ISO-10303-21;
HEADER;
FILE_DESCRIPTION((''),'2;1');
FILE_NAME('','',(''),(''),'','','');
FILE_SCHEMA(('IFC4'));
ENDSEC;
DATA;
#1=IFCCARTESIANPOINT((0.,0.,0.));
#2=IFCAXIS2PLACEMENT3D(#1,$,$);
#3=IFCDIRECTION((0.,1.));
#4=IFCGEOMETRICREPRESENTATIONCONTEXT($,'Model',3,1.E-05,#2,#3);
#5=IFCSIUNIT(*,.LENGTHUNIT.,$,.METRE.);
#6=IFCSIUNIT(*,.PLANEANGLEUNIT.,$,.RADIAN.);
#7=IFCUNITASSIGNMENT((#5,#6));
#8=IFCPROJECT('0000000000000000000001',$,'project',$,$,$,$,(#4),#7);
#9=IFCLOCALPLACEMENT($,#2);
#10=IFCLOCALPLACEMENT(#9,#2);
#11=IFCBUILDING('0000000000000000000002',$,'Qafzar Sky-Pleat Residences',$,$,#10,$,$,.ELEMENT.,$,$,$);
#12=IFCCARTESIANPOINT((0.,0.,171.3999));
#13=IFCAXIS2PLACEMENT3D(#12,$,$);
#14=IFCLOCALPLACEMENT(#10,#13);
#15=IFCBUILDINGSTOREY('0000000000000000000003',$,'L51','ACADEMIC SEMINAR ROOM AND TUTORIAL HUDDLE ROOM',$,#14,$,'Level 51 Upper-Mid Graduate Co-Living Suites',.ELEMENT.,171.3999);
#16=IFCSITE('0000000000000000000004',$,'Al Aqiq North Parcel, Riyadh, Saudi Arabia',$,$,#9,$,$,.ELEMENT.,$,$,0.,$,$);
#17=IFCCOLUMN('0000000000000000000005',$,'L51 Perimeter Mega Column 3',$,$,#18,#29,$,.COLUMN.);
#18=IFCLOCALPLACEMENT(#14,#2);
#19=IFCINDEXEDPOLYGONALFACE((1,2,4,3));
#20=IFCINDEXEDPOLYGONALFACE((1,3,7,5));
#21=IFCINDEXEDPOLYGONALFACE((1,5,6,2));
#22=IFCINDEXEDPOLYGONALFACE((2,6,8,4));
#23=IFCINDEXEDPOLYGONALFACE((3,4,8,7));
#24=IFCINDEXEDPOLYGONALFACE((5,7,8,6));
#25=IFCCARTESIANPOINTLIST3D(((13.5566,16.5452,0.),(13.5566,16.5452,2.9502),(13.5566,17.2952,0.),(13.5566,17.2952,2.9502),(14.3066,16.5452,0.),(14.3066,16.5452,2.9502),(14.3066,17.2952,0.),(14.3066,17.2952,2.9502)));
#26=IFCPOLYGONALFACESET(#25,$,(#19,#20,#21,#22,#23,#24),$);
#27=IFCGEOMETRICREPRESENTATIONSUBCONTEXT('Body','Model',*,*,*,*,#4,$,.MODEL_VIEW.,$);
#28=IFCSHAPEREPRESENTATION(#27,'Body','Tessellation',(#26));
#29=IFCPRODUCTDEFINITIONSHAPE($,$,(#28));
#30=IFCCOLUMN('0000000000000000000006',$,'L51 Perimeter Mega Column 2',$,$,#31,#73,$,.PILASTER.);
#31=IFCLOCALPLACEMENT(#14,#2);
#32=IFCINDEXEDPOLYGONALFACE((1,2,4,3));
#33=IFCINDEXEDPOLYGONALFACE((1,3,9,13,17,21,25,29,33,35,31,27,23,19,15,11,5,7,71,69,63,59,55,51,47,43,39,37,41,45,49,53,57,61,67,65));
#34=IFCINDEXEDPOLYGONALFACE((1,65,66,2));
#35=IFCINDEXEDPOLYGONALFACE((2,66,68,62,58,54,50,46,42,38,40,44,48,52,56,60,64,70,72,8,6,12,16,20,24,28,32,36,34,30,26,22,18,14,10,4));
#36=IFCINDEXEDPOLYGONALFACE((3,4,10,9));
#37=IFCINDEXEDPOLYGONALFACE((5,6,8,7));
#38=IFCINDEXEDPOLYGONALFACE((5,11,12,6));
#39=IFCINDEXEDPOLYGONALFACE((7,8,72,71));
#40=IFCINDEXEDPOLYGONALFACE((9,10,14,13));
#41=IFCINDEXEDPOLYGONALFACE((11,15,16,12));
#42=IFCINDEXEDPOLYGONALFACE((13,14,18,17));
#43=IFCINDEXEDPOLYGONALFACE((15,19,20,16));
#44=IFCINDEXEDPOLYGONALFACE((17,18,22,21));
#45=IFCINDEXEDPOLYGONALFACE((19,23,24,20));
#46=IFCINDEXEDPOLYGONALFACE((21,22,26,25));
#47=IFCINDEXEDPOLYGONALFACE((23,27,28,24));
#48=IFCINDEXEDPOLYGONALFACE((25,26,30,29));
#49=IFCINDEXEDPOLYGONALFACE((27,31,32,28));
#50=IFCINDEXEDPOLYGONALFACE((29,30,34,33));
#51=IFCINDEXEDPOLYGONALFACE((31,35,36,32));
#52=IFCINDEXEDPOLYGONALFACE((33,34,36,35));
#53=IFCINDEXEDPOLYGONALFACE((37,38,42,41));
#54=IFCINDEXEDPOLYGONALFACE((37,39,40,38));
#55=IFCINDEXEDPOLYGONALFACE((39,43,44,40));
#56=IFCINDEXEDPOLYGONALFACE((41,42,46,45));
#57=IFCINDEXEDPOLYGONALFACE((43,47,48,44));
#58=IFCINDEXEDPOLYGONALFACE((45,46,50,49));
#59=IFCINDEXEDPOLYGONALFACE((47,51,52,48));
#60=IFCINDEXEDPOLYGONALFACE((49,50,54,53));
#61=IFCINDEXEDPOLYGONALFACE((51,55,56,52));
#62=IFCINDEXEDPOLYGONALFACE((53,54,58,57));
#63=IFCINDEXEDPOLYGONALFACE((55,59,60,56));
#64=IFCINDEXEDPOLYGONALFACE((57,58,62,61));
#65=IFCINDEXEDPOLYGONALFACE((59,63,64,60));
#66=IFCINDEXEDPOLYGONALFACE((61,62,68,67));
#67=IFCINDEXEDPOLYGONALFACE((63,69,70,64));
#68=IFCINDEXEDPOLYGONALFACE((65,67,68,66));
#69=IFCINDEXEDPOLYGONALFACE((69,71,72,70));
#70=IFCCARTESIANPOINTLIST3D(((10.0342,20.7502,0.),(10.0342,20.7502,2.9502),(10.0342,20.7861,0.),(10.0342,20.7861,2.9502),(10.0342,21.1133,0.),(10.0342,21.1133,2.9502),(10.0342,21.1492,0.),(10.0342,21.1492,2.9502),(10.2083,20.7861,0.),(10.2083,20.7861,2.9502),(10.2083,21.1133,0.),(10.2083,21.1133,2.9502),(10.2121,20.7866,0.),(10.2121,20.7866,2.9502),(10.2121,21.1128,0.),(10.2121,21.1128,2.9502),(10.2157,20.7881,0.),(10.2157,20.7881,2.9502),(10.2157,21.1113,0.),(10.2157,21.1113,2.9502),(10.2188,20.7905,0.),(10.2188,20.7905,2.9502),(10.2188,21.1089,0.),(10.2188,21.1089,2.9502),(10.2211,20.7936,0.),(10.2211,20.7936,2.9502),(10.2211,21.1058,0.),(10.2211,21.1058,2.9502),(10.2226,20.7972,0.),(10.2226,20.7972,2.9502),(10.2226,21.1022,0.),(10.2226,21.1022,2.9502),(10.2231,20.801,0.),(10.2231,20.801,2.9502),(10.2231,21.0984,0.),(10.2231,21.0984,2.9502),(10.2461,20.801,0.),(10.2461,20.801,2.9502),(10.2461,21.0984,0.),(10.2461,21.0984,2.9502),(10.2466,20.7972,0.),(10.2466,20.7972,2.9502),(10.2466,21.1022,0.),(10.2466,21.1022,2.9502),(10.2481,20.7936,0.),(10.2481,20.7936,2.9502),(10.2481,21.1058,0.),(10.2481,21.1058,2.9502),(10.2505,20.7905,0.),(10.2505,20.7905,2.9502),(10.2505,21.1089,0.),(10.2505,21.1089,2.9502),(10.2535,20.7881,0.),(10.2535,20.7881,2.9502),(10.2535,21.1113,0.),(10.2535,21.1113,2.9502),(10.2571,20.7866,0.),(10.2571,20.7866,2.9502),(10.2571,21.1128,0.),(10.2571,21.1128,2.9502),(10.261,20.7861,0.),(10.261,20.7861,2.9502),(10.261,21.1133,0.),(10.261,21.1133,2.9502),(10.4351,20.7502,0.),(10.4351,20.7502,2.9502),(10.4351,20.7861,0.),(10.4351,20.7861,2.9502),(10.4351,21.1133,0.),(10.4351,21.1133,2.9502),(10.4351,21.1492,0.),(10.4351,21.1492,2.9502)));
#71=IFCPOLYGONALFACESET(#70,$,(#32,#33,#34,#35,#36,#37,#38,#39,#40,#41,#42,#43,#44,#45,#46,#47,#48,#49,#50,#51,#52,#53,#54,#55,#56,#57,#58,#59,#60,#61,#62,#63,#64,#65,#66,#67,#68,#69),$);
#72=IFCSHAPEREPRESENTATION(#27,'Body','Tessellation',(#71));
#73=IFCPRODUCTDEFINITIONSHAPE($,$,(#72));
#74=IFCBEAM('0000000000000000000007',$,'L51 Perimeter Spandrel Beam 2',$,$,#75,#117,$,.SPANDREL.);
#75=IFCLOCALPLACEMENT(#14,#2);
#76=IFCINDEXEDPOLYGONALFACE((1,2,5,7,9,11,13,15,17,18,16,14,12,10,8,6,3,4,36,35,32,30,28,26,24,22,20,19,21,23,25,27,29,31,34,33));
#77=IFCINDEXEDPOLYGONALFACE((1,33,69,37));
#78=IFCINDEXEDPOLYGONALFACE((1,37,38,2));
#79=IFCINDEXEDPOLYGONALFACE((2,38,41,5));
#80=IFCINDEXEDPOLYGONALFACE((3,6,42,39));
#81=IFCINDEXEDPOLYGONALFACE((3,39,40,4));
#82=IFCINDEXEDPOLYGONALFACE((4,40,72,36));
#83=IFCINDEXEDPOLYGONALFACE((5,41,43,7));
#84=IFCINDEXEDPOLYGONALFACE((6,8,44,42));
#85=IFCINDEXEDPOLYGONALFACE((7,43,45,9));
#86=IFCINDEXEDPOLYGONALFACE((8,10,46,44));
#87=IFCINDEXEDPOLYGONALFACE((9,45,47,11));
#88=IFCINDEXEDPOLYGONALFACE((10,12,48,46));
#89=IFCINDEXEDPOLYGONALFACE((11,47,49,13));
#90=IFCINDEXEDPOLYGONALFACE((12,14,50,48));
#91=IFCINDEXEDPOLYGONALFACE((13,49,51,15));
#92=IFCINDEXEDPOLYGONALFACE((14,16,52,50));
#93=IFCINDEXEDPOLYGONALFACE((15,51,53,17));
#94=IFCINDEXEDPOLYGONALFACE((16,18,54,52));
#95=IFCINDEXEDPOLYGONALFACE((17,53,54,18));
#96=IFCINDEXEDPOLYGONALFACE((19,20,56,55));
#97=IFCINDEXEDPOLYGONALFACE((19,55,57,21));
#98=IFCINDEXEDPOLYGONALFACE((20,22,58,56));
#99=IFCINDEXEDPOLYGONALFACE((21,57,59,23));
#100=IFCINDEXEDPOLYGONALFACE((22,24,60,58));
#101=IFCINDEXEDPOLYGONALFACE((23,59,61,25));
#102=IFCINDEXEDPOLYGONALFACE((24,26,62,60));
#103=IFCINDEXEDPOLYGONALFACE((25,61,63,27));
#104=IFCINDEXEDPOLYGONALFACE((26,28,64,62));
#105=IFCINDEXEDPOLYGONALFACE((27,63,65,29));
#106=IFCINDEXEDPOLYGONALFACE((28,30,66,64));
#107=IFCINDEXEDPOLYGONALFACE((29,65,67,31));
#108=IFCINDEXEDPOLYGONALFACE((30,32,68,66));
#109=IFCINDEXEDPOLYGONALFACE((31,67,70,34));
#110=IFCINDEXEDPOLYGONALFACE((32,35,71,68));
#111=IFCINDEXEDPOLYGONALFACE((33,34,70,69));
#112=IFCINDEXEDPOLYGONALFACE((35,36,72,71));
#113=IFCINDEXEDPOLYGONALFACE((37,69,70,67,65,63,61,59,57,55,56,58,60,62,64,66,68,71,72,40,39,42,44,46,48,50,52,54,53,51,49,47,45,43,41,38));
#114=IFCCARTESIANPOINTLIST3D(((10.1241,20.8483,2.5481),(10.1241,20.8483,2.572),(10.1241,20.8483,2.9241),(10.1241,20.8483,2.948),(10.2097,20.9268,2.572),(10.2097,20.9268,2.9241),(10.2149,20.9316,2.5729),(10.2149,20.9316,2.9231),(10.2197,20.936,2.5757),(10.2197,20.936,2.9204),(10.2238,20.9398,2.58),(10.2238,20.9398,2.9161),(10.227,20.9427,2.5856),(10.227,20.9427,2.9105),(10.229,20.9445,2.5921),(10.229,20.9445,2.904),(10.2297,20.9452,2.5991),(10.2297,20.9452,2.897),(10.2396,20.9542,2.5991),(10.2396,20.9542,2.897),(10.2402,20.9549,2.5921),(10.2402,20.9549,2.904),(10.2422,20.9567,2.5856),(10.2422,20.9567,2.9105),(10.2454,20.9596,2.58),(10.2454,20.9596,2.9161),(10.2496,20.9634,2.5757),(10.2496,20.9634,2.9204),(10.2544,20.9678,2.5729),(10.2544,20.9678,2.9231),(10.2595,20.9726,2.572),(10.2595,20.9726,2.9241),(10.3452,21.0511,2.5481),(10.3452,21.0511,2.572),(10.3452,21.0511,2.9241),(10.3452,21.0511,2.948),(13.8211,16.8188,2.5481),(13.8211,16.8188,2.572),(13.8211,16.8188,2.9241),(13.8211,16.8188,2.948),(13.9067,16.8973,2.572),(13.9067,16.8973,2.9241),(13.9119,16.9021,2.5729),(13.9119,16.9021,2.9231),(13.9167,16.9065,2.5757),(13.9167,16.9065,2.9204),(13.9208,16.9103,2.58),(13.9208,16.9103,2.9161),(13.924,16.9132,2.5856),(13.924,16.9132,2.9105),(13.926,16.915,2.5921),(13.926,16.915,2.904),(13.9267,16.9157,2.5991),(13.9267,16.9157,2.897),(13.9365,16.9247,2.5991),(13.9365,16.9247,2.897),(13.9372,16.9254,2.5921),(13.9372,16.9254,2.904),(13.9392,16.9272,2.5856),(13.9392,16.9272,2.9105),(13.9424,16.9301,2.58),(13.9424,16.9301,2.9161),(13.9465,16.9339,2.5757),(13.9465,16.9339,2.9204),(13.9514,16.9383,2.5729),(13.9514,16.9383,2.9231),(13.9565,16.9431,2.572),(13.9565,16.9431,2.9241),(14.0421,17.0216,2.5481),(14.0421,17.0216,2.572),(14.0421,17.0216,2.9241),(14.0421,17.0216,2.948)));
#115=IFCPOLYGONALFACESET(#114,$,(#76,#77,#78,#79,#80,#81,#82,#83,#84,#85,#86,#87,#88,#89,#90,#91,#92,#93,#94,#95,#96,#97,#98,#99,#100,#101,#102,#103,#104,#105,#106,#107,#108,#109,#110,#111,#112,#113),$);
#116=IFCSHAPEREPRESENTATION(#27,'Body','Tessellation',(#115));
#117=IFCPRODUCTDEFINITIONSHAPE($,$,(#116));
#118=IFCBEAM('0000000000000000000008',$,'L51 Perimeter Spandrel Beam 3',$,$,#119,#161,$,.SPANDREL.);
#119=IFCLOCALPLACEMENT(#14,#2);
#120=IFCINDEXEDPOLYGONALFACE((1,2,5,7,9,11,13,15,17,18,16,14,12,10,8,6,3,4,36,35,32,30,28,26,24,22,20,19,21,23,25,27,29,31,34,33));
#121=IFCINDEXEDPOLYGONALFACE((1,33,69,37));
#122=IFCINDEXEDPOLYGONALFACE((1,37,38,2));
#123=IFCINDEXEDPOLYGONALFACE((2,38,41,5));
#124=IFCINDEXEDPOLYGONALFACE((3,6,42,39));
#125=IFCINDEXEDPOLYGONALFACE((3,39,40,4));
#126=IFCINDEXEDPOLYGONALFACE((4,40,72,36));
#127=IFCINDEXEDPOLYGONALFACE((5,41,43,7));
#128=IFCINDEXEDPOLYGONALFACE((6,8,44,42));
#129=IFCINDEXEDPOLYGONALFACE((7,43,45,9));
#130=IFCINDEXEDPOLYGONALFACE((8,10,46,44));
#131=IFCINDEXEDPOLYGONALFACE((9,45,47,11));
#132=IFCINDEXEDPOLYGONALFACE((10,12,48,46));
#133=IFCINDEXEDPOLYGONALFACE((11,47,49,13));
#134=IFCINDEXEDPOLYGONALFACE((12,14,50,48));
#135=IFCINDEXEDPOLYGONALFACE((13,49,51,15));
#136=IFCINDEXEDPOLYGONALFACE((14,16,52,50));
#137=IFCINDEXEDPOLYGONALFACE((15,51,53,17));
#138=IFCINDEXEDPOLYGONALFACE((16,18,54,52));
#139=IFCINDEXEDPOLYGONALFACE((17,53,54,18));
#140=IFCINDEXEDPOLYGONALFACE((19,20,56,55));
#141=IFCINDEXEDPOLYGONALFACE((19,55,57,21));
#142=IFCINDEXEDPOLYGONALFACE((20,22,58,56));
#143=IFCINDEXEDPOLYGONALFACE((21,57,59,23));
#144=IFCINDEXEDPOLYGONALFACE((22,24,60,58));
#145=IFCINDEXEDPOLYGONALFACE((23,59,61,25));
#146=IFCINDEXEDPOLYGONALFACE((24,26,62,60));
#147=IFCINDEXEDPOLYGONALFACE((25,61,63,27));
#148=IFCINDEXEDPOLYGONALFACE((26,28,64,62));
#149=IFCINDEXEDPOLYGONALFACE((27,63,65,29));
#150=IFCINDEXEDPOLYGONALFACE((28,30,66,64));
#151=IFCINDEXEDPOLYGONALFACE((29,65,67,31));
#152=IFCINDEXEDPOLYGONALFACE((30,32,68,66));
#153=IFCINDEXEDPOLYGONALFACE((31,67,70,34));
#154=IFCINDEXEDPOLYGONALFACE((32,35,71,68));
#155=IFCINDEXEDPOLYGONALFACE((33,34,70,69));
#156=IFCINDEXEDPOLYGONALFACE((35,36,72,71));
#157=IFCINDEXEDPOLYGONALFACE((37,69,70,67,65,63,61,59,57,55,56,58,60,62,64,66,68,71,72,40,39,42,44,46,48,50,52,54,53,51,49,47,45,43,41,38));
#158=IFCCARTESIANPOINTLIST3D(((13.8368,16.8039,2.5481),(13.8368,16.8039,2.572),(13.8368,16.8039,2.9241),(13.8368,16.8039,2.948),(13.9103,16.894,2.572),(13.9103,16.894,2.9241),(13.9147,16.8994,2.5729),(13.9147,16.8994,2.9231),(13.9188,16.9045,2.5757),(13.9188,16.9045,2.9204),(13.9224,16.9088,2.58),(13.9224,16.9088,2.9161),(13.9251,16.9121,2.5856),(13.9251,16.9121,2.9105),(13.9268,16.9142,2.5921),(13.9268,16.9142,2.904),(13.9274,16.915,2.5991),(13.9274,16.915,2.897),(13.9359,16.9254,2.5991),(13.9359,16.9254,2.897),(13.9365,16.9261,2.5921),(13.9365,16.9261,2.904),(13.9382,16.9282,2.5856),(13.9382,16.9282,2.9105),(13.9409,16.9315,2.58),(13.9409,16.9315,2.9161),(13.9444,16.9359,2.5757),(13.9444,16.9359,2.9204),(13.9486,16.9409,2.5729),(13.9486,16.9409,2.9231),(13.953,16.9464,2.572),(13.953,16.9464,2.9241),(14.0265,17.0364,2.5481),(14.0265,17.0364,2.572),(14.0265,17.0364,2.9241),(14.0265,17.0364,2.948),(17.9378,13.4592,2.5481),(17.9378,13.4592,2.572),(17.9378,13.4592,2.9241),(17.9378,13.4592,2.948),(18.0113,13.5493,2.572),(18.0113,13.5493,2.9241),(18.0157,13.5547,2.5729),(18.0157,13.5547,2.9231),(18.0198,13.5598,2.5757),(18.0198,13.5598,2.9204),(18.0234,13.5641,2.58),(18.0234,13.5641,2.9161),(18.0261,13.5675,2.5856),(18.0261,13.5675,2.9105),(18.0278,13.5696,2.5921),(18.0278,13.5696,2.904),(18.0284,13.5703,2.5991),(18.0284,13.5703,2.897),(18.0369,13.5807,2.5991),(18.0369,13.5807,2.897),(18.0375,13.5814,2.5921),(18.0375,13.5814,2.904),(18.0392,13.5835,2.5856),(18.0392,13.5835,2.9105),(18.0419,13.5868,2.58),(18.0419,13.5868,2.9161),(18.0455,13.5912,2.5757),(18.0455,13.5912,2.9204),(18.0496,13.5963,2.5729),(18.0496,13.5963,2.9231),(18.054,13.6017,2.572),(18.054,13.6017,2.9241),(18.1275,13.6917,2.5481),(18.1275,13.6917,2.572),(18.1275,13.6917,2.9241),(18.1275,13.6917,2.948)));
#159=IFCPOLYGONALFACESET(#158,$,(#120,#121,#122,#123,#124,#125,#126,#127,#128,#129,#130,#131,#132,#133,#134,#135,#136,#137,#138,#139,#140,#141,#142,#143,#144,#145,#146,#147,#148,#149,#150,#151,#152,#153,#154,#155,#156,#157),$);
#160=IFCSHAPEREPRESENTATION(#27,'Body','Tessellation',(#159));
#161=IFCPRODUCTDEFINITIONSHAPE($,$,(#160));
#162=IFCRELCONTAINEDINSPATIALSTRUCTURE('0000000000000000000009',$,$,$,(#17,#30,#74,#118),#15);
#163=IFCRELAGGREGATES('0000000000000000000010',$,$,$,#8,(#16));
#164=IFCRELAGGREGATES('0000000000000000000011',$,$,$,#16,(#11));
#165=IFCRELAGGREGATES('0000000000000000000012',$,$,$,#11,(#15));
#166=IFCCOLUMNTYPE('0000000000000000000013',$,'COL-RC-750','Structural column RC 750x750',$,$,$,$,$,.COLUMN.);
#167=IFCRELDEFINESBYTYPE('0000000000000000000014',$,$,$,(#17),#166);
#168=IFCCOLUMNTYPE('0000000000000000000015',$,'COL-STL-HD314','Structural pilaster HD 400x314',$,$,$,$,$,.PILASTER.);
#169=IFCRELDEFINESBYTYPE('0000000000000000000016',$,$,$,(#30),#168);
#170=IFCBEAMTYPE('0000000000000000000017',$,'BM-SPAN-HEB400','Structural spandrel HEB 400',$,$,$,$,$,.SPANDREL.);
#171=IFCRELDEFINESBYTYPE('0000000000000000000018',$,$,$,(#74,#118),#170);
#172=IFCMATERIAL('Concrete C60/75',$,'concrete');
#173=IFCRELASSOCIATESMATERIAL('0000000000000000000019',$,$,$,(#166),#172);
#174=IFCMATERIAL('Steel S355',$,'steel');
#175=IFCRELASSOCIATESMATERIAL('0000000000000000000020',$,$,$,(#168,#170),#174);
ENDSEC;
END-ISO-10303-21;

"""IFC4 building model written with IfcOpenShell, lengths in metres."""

from ifc_helpers import new_model, si_unit, direction, frame, origin, origin_2d, place, context, subcontext, project, spatial, rectangle, i_section, extrude, source, transform, mapped, material, material_profile, profile_set, type_object, element, save


model = new_model("IFC4")

# Units and contexts
model_context = context("Model", 3, precision=1e-05, world=origin(), true_north=direction((0.0, 1.0)))
body_context = subcontext(model_context, "Body", "Model", "MODEL_VIEW")
ifc_project = project(units=[si_unit("LENGTHUNIT", "METRE"), si_unit("PLANEANGLEUNIT", "RADIAN")], contexts=[model_context])

# Site, building, storey
site_placement = place(None, origin())
site = spatial("IfcSite", under=ifc_project, at=site_placement, Name="Al Aqiq North Parcel, Riyadh, Saudi Arabia", CompositionType="ELEMENT", RefElevation=0.0)
building_placement = place(site_placement, origin())
building = spatial("IfcBuilding", under=site, at=building_placement, Name="Qafzar Sky-Pleat Residences", CompositionType="ELEMENT")
storey_placement = place(building_placement, frame((0.0, 0.0, 171.3999)))
storey = spatial("IfcBuildingStorey", under=building, at=storey_placement, Name="L51", Description="ACADEMIC SEMINAR ROOM AND TUTORIAL HUDDLE ROOM", LongName="Level 51 Upper-Mid Graduate Co-Living Suites", CompositionType="ELEMENT", Elevation=171.3999)

# Columns
ifc_material_1 = material(Name="Concrete C60/75", Category="concrete")
ifc_material_profile_1 = material_profile(ifc_material_1, rectangle(XDim=0.75, YDim=0.75, at=origin_2d()), Name="RC 750x750")
ifc_profile_set_1 = profile_set([ifc_material_profile_1], Name="Concrete C60/75")
column_type_1 = type_object("IfcColumnType", Name="COL-RC-750", Description="Structural column RC 750x750", PredefinedType="COLUMN", material=ifc_profile_set_1)
shared_shape_1 = source(origin(), body_context, "Body", "SweptSolid", [
    extrude(rectangle(XDim=0.75, YDim=0.75, at=origin_2d()), origin(), (0.0, 0.0, 1.0), 2.9502),
])
column_1_placement = place(storey_placement, frame((13.9316, 16.9202, 0.0), z_axis=(0.0, 0.0, 1.0), x_axis=(1.0, 0.0, 0.0)))
element("IfcColumn", 1, at=column_1_placement, inside=storey, type_object=column_type_1, Name="L51 Perimeter Mega Column 3", PredefinedType="COLUMN", context=body_context, shape_type="MappedRepresentation", body=[
    mapped(shared_shape_1, transform((0.0, 0.0, 0.0), x_axis=(1.0, 0.0, 0.0), y_axis=(0.0, 1.0, 0.0), z_axis=(0.0, 0.0, 1.0), scale=1.0)),
])
ifc_material_2 = material(Name="Steel S355", Category="steel")
ifc_material_profile_2 = material_profile(ifc_material_2, i_section(OverallWidth=0.4009, OverallDepth=0.3989, WebThickness=0.0229, FlangeThickness=0.0359, FilletRadius=0.0149, at=origin_2d()), Name="HD 400x314")
ifc_profile_set_2 = profile_set([ifc_material_profile_2], Name="Steel S355")
column_type_2 = type_object("IfcColumnType", Name="COL-STL-HD314", Description="Structural pilaster HD 400x314", PredefinedType="PILASTER", material=ifc_profile_set_2)
shared_shape_2 = source(origin(), body_context, "Body", "SweptSolid", [
    extrude(i_section(OverallWidth=0.4009, OverallDepth=0.3989, WebThickness=0.0229, FlangeThickness=0.0359, FilletRadius=0.0149, at=origin_2d()), origin(), (0.0, 0.0, 1.0), 2.9502),
])
column_2_placement = place(storey_placement, frame((10.2346, 20.9497, 0.0), z_axis=(0.0, 0.0, 1.0), x_axis=(1.0, 0.0, 0.0)))
element("IfcColumn", 2, at=column_2_placement, inside=storey, type_object=column_type_2, Name="L51 Perimeter Mega Column 2", PredefinedType="PILASTER", context=body_context, shape_type="MappedRepresentation", body=[
    mapped(shared_shape_2, transform((0.0, 0.0, 0.0), x_axis=(1.0, 0.0, 0.0), y_axis=(0.0, 1.0, 0.0), z_axis=(0.0, 0.0, 1.0), scale=1.0)),
])

# Beams
ifc_material_profile_3 = material_profile(ifc_material_2, i_section(OverallWidth=0.3, OverallDepth=0.3999, WebThickness=0.0134, FlangeThickness=0.0239, FilletRadius=0.0271, at=origin_2d()), Name="HEB 400")
ifc_profile_set_3 = profile_set([ifc_material_profile_3], Name="Steel S355")
beam_type_1 = type_object("IfcBeamType", Name="BM-SPAN-HEB400", Description="Structural spandrel HEB 400", PredefinedType="SPANDREL", material=ifc_profile_set_3)
shared_shape_3 = source(origin(), body_context, "Body", "SweptSolid", [
    extrude(i_section(OverallWidth=0.3, OverallDepth=0.3999, WebThickness=0.0134, FlangeThickness=0.0239, FilletRadius=0.0271, at=origin_2d()), origin(), (0.0, 0.0, 1.0), 5.4685),
])
beam_1_placement = place(storey_placement, frame((10.2346, 20.9497, 2.748), z_axis=(0.67605, -0.736856, 0.0), x_axis=(0.736856, 0.67605, 0.0)))
element("IfcBeam", 3, at=beam_1_placement, inside=storey, type_object=beam_type_1, Name="L51 Perimeter Spandrel Beam 2", PredefinedType="SPANDREL", context=body_context, shape_type="MappedRepresentation", body=[
    mapped(shared_shape_3, transform((0.0, 0.0, 0.0), x_axis=(1.0, 0.0, 0.0), y_axis=(0.0, 1.0, 0.0), z_axis=(0.0, 0.0, 1.0), scale=1.0)),
])
shared_shape_4 = source(origin(), body_context, "Body", "SweptSolid", [
    extrude(i_section(OverallWidth=0.3, OverallDepth=0.3999, WebThickness=0.0134, FlangeThickness=0.0239, FilletRadius=0.0271, at=origin_2d()), origin(), (0.0, 0.0, 1.0), 5.292),
])
beam_2_placement = place(storey_placement, frame((13.9316, 16.9202, 2.748), z_axis=(0.774947, -0.632026, 0.0), x_axis=(0.632026, 0.774947, 0.0)))
element("IfcBeam", 4, at=beam_2_placement, inside=storey, type_object=beam_type_1, Name="L51 Perimeter Spandrel Beam 3", PredefinedType="SPANDREL", context=body_context, shape_type="MappedRepresentation", body=[
    mapped(shared_shape_4, transform((0.0, 0.0, 0.0), x_axis=(1.0, 0.0, 0.0), y_axis=(0.0, 1.0, 0.0), z_axis=(0.0, 0.0, 1.0), scale=1.0)),
])

save(model, "model.ifc")
